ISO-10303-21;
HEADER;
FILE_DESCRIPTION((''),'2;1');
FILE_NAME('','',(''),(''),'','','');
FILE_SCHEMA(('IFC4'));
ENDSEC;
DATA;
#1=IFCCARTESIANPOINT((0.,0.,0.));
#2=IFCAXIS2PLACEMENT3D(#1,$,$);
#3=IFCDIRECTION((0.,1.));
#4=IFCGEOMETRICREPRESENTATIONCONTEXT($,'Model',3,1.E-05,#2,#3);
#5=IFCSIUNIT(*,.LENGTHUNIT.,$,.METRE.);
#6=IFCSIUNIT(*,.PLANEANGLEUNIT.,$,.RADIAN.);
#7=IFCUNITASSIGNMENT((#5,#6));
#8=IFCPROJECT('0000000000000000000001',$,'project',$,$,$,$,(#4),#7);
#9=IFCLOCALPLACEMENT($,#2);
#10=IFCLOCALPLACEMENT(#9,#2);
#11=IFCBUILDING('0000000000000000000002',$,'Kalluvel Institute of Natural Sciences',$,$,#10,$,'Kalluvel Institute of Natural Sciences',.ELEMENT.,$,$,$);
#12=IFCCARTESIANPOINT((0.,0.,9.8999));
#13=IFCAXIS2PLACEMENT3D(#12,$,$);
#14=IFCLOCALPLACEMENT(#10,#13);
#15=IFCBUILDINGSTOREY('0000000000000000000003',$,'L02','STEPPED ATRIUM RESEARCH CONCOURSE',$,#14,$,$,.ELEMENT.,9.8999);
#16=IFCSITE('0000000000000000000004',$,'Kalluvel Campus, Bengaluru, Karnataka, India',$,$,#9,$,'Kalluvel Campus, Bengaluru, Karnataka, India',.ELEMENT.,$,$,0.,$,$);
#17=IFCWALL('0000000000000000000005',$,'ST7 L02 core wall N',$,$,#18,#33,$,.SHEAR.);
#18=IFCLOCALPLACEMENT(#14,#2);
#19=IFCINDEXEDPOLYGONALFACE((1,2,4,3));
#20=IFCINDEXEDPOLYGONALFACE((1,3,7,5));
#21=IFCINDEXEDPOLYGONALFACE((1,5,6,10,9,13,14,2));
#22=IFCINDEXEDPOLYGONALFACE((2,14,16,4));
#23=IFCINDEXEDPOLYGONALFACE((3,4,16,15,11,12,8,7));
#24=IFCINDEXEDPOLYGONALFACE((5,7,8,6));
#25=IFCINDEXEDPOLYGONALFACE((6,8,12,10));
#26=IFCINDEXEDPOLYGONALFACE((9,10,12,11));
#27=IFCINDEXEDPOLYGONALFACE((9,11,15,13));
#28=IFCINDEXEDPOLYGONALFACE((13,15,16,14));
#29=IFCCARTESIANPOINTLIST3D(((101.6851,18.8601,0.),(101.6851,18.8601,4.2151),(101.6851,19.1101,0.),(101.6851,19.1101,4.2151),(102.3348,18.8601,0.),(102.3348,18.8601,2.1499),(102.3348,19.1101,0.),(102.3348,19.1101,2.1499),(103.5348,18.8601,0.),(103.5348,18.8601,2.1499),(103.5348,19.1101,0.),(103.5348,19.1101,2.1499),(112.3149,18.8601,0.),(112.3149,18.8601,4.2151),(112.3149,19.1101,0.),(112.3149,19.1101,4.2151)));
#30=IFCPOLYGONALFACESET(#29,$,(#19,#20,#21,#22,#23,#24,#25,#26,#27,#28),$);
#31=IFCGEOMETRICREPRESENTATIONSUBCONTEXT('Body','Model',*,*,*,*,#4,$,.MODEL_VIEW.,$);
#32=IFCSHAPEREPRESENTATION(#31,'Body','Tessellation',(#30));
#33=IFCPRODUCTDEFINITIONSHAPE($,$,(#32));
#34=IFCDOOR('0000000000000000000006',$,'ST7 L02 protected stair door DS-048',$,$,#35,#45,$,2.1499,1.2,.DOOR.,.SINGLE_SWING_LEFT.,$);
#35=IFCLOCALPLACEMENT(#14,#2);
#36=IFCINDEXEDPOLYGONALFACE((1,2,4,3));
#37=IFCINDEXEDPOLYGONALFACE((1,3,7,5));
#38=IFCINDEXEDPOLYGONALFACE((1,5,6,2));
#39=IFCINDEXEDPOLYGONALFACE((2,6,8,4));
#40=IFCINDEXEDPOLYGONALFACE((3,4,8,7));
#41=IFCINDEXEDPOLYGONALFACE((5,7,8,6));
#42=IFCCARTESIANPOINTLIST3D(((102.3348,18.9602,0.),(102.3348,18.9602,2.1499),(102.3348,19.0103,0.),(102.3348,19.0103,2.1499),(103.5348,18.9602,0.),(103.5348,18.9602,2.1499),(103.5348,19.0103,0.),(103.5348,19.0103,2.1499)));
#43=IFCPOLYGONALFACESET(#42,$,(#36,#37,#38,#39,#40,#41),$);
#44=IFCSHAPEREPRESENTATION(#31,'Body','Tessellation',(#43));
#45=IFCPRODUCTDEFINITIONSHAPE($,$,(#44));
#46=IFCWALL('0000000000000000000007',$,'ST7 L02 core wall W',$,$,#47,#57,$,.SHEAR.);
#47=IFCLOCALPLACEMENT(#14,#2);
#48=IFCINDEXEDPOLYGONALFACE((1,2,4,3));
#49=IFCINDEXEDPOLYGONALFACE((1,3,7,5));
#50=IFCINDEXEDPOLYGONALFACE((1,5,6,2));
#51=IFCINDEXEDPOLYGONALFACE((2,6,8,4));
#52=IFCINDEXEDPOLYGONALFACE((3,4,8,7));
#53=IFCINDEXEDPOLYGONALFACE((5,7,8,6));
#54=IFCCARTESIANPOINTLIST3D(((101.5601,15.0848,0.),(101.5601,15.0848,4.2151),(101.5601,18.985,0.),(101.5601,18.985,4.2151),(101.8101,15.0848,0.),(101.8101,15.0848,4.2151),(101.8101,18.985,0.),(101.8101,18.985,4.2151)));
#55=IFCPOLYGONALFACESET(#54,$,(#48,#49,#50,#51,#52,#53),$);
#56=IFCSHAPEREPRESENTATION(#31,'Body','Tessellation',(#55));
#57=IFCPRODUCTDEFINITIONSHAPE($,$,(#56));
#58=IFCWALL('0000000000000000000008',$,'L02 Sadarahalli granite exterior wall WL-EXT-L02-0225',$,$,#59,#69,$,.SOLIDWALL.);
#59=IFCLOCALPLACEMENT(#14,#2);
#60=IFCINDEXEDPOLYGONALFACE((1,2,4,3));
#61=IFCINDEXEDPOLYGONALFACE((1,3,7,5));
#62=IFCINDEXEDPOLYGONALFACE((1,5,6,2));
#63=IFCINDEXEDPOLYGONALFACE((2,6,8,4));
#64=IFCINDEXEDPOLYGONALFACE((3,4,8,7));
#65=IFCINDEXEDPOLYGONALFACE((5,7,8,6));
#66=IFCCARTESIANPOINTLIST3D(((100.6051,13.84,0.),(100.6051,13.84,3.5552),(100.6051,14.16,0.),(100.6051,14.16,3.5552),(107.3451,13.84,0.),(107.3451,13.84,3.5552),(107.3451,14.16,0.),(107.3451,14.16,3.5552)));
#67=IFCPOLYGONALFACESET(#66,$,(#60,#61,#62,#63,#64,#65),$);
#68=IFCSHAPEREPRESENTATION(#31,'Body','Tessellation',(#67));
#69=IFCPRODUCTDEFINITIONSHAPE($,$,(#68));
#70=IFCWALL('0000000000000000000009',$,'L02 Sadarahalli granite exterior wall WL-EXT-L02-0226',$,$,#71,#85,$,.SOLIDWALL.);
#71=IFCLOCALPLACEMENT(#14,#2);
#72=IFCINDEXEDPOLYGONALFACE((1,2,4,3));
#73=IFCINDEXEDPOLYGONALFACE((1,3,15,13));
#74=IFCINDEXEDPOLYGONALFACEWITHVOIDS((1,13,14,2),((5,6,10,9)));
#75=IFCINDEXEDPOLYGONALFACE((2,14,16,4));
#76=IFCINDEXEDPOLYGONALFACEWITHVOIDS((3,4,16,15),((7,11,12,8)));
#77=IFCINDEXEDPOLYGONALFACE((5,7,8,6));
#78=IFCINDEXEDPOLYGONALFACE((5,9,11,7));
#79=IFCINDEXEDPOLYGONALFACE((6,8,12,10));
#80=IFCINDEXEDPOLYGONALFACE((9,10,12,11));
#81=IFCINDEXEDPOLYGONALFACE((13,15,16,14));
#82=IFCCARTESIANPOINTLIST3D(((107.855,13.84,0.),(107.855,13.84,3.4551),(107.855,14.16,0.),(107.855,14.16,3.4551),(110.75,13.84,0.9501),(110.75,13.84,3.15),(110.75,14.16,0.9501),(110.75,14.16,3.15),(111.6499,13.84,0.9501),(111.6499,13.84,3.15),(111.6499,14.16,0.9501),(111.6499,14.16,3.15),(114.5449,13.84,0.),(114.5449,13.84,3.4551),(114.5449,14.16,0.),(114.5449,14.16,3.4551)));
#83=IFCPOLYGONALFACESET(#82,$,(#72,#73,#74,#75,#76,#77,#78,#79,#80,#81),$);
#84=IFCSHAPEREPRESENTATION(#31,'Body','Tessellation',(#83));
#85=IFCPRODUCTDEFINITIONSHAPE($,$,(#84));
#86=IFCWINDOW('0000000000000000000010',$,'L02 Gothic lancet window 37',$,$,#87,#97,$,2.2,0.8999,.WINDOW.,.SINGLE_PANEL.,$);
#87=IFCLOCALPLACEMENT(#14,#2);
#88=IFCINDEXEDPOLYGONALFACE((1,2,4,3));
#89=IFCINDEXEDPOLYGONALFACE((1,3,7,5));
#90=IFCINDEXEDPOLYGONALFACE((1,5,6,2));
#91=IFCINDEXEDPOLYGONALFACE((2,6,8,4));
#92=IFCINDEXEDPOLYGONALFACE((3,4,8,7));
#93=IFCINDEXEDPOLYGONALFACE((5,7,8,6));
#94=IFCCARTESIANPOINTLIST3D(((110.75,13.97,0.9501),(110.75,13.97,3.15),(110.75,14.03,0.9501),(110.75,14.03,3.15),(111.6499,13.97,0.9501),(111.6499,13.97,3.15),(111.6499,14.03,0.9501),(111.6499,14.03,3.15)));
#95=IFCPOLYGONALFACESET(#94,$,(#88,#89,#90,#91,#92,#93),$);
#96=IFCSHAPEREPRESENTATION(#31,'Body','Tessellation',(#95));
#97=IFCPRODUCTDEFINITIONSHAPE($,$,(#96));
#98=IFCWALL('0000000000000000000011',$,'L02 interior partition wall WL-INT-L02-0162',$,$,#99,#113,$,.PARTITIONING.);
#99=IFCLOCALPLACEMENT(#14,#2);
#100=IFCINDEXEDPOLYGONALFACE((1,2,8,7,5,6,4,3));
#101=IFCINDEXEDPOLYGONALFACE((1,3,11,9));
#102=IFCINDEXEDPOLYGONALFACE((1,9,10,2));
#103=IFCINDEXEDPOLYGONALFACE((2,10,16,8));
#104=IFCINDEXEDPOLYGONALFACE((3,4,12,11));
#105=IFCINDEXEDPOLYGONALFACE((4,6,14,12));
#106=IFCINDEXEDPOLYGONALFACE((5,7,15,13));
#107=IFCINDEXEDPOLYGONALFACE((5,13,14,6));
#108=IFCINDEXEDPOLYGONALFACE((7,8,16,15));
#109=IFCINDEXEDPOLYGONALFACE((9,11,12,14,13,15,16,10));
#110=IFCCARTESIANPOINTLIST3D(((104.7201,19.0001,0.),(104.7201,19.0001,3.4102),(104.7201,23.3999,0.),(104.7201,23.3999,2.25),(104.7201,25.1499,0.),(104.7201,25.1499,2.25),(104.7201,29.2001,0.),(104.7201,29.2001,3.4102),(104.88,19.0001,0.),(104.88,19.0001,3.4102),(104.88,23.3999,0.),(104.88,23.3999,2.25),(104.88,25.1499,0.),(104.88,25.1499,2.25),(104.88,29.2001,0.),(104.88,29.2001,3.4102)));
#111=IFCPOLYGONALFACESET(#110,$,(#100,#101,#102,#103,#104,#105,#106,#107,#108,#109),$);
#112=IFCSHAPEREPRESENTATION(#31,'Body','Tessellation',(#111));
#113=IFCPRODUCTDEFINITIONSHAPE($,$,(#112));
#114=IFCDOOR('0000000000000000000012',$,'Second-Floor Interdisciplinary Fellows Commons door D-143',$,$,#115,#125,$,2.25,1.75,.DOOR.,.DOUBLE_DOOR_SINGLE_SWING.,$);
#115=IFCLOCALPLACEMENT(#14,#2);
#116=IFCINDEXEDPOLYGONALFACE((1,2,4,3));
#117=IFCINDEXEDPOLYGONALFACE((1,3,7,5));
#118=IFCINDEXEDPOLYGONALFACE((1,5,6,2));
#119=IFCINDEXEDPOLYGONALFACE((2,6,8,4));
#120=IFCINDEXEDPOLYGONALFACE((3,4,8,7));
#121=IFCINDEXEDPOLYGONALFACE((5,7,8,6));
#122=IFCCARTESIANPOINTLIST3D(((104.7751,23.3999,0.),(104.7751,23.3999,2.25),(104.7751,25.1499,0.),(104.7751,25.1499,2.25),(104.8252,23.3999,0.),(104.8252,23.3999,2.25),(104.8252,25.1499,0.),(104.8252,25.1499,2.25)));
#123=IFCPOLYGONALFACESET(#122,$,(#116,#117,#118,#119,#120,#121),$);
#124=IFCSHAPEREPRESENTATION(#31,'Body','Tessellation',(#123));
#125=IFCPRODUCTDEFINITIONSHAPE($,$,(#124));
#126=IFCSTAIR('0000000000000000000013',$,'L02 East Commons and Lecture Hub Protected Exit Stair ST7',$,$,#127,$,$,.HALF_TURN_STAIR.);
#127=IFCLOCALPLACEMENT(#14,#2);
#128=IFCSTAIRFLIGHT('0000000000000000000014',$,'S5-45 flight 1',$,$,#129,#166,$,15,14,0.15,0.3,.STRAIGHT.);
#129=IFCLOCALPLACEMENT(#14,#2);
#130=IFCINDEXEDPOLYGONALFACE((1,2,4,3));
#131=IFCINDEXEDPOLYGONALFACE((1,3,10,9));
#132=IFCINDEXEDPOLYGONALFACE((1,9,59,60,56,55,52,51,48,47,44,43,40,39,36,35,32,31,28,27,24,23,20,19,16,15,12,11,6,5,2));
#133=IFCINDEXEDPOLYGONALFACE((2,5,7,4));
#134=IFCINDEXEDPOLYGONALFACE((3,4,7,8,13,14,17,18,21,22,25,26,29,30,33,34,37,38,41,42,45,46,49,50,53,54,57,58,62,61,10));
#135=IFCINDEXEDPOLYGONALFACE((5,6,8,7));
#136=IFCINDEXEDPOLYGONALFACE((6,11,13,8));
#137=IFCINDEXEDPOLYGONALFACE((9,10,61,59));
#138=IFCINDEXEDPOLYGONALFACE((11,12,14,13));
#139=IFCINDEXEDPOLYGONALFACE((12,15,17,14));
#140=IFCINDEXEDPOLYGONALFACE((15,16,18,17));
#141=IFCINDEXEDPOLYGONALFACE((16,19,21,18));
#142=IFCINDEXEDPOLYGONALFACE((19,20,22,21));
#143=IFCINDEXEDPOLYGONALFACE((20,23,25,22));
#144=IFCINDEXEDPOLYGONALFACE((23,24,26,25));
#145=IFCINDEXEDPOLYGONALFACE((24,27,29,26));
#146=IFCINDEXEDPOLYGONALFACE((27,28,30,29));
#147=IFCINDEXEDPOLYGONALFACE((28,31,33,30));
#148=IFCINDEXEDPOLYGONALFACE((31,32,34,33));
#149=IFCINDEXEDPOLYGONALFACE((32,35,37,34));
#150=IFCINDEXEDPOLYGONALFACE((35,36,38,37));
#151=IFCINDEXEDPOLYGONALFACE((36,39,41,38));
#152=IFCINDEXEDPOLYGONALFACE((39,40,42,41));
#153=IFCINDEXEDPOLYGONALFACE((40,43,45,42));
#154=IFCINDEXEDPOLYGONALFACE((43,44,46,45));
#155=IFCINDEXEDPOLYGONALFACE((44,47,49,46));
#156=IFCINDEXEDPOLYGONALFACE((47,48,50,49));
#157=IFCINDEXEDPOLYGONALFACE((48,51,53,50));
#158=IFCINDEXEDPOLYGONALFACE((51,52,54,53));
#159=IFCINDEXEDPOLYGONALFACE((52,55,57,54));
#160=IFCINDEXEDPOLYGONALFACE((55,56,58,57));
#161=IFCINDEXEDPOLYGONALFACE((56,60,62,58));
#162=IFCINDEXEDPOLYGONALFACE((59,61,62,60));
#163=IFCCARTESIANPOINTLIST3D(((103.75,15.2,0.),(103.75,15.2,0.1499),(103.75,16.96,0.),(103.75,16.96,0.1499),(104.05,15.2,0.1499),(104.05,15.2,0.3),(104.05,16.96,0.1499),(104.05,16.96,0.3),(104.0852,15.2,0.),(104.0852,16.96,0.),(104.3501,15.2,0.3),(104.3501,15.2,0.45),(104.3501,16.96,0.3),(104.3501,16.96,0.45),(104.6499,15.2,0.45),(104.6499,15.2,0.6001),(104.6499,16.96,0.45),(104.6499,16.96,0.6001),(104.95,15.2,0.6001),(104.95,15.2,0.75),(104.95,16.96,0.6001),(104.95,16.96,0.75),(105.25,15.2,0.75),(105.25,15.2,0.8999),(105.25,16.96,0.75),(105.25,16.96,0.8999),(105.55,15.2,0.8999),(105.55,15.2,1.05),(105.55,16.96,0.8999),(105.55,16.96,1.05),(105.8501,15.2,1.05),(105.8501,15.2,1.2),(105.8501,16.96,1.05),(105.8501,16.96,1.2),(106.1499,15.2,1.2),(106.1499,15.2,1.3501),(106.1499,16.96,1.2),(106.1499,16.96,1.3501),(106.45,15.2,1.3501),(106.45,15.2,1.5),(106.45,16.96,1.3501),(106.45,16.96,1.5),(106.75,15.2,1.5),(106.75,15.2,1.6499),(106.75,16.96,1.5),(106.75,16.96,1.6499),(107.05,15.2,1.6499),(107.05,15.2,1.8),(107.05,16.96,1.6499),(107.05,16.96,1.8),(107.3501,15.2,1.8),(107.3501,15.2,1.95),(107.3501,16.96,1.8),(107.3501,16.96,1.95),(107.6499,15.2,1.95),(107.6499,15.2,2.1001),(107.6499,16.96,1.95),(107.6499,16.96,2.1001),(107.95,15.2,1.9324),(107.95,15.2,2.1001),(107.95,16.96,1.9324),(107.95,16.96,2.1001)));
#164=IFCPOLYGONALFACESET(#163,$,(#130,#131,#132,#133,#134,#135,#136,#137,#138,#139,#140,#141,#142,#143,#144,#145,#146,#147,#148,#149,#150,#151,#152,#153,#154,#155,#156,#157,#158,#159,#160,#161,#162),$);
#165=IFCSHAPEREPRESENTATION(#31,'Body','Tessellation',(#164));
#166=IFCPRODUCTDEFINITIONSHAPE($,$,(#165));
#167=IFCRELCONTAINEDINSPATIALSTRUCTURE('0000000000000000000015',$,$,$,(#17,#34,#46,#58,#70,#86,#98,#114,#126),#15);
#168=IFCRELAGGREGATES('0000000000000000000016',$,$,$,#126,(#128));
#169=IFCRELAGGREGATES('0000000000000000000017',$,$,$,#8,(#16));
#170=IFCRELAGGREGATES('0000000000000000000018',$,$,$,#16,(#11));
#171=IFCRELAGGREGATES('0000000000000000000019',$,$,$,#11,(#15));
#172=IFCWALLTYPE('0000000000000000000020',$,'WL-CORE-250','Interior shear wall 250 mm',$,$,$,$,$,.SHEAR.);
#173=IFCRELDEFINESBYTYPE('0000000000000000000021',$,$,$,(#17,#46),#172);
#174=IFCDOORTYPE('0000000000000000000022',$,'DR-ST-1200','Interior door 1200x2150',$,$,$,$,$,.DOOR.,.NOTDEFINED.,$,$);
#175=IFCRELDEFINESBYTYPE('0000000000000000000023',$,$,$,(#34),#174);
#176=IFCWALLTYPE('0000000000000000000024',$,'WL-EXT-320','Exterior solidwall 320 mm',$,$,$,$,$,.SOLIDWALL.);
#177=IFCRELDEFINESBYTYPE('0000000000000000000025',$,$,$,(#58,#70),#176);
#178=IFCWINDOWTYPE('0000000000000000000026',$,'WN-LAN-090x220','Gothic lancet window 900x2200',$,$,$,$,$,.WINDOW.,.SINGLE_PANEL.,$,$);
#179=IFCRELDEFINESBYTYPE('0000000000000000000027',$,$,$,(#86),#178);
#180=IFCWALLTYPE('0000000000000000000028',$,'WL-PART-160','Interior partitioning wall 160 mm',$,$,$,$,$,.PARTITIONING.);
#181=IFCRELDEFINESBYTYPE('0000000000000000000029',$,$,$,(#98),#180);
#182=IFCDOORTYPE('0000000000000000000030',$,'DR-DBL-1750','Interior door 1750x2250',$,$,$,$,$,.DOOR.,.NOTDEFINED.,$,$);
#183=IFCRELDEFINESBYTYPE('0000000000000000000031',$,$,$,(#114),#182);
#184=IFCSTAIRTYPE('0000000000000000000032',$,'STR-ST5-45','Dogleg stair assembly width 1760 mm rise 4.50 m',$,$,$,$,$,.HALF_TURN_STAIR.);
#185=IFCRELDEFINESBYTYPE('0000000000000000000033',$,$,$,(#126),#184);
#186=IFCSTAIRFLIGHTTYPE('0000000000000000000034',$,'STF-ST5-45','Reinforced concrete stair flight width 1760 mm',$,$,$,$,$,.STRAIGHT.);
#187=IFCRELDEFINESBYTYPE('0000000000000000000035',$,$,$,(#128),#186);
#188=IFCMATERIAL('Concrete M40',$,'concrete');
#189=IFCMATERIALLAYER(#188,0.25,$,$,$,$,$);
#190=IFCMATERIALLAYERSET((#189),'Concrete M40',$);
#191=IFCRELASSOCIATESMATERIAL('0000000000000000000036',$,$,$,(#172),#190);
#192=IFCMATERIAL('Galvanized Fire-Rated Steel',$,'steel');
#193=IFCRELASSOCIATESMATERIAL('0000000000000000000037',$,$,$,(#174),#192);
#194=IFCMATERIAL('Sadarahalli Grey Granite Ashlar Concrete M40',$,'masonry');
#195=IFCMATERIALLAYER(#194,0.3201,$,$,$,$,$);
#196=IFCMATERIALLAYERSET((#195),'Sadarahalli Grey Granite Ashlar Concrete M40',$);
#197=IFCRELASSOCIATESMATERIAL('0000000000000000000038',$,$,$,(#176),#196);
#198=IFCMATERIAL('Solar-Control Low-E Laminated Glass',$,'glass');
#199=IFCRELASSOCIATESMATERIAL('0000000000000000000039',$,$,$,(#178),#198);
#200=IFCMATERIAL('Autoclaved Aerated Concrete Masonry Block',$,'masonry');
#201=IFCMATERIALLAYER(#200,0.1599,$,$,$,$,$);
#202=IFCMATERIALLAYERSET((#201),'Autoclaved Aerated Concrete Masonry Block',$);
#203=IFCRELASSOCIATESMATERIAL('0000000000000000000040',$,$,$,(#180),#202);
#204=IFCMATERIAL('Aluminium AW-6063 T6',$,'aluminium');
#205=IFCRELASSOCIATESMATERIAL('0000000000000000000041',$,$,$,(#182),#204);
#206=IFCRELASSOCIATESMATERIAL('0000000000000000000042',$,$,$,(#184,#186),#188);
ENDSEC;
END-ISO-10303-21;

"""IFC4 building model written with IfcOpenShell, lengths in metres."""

from ifc_helpers import new_model, si_unit, direction, frame, frame_2d, origin, place, context, subcontext, project, spatial, polyline, rectangle, outline, extrude, material, layer, layer_set, type_object, element, fill, aggregate, save


model = new_model("IFC4")

# Units and contexts
model_context = context("Model", 3, precision=1e-05, world=origin(), true_north=direction((0.0, 1.0)))
body_context = subcontext(model_context, "Body", "Model", "MODEL_VIEW")
ifc_project = project(units=[si_unit("LENGTHUNIT", "METRE"), si_unit("PLANEANGLEUNIT", "RADIAN")], contexts=[model_context])

# Site, building, storey
site_placement = place(None, origin())
site = spatial("IfcSite", under=ifc_project, at=site_placement, Name="Kalluvel Campus, Bengaluru, Karnataka, India", LongName="Kalluvel Campus, Bengaluru, Karnataka, India", CompositionType="ELEMENT", RefElevation=0.0)
building_placement = place(site_placement, origin())
building = spatial("IfcBuilding", under=site, at=building_placement, Name="Kalluvel Institute of Natural Sciences", LongName="Kalluvel Institute of Natural Sciences", CompositionType="ELEMENT")
storey_placement = place(building_placement, frame((0.0, 0.0, 9.8999)))
storey = spatial("IfcBuildingStorey", under=building, at=storey_placement, Name="L02", Description="STEPPED ATRIUM RESEARCH CONCOURSE", CompositionType="ELEMENT", Elevation=9.8999)

# Shared definitions
ifc_material_1 = material(Name="Concrete M40", Category="concrete")

# Shared definitions
ifc_layer_1 = layer(ifc_material_1, 0.25)
ifc_layer_set_1 = layer_set([ifc_layer_1], Name="Concrete M40")
wall_type_1 = type_object("IfcWallType", Name="WL-CORE-250", Description="Interior shear wall 250 mm", PredefinedType="SHEAR", material=ifc_layer_set_1)

# Wall, opening, door
wall_1_placement = place(storey_placement, frame((112.3149, 18.9851, 0.0), z_axis=(0.0, 0.0, 1.0), x_axis=(-1.0, 0.0, 0.0)))
wall_1 = element("IfcWall", 1, at=wall_1_placement, inside=storey, type_object=wall_type_1, Name="ST7 L02 core wall N", PredefinedType="SHEAR", context=body_context, shape_type="SweptSolid", body=[
    extrude(rectangle(XDim=10.6299, YDim=0.25, at=frame_2d((5.3149, 0.0))), origin(), (0.0, 0.0, 1.0), 4.2151),
])
opening_1_placement = place(wall_1_placement, frame((8.78, 0.0, 0.0)))
opening_1 = element("IfcOpeningElement", 2, at=opening_1_placement, cuts=wall_1, PredefinedType="OPENING", context=body_context, shape_type="SweptSolid", body=[
    extrude(rectangle(XDim=1.2, YDim=2.1499, at=frame_2d((0.6001, 1.075))), frame((0.0, 0.135, 0.0), z_axis=(0.0, -1.0, 0.0), x_axis=(1.0, 0.0, 0.0)), (0.0, 0.0, 1.0), 0.27),
])
ifc_material_2 = material(Name="Galvanized Fire-Rated Steel", Category="steel")
door_type_1 = type_object("IfcDoorType", Name="DR-ST-1200", Description="Interior door 1200x2150", OperationType="NOTDEFINED", PredefinedType="DOOR", material=ifc_material_2)
door_1_placement = place(opening_1_placement, origin())
door_1 = element("IfcDoor", 3, at=door_1_placement, inside=storey, type_object=door_type_1, Name="ST7 L02 protected stair door DS-048", OperationType="SINGLE_SWING_LEFT", OverallHeight=2.1499, OverallWidth=1.2, PredefinedType="DOOR", context=body_context, shape_type="SweptSolid", body=[
    extrude(rectangle(XDim=1.2, YDim=2.1499, at=frame_2d((0.6001, 1.075))), frame((0.0, 0.0249, 0.0), z_axis=(0.0, -1.0, 0.0), x_axis=(1.0, 0.0, 0.0)), (0.0, 0.0, 1.0), 0.05),
])
fill(opening_1, door_1)

# Walls
wall_2_placement = place(storey_placement, frame((101.6851, 18.9851, 0.0), z_axis=(0.0, 0.0, 1.0), x_axis=(0.0, -1.0, 0.0)))
element("IfcWall", 4, at=wall_2_placement, inside=storey, type_object=wall_type_1, Name="ST7 L02 core wall W", PredefinedType="SHEAR", context=body_context, shape_type="SweptSolid", body=[
    extrude(rectangle(XDim=3.9001, YDim=0.25, at=frame_2d((1.9502, 0.0))), origin(), (0.0, 0.0, 1.0), 4.2151),
])
ifc_material_3 = material(Name="Sadarahalli Grey Granite Ashlar Concrete M40", Category="masonry")
ifc_layer_2 = layer(ifc_material_3, 0.3201)
ifc_layer_set_2 = layer_set([ifc_layer_2], Name="Sadarahalli Grey Granite Ashlar Concrete M40")
wall_type_2 = type_object("IfcWallType", Name="WL-EXT-320", Description="Exterior solidwall 320 mm", PredefinedType="SOLIDWALL", material=ifc_layer_set_2)
wall_3_placement = place(storey_placement, frame((100.605, 14.0, 0.0), z_axis=(0.0, 0.0, 1.0), x_axis=(1.0, 0.0, 0.0)))
element("IfcWall", 5, at=wall_3_placement, inside=storey, type_object=wall_type_2, Name="L02 Sadarahalli granite exterior wall WL-EXT-L02-0225", PredefinedType="SOLIDWALL", context=body_context, shape_type="SweptSolid", body=[
    extrude(rectangle(XDim=6.74, YDim=0.3201, at=frame_2d((3.3701, 0.0))), origin(), (0.0, 0.0, 1.0), 3.5552),
])

# Wall, opening, window
wall_4_placement = place(storey_placement, frame((107.855, 14.0, 0.0), z_axis=(0.0, 0.0, 1.0), x_axis=(1.0, 0.0, 0.0)))
wall_4 = element("IfcWall", 6, at=wall_4_placement, inside=storey, type_object=wall_type_2, Name="L02 Sadarahalli granite exterior wall WL-EXT-L02-0226", PredefinedType="SOLIDWALL", context=body_context, shape_type="SweptSolid", body=[
    extrude(rectangle(XDim=6.6899, YDim=0.3201, at=frame_2d((3.345, 0.0))), origin(), (0.0, 0.0, 1.0), 3.4551),
])
opening_2_placement = place(wall_4_placement, frame((2.895, 0.0, 0.95)))
opening_2 = element("IfcOpeningElement", 7, at=opening_2_placement, cuts=wall_4, PredefinedType="OPENING", context=body_context, shape_type="SweptSolid", body=[
    extrude(rectangle(XDim=0.8999, YDim=2.2, at=frame_2d((0.45, 1.1001))), frame((0.0, 0.1699, 0.0), z_axis=(0.0, -1.0, 0.0), x_axis=(1.0, 0.0, 0.0)), (0.0, 0.0, 1.0), 0.3401),
])
ifc_material_4 = material(Name="Solar-Control Low-E Laminated Glass", Category="glass")
window_type = type_object("IfcWindowType", Name="WN-LAN-090x220", Description="Gothic lancet window 900x2200", PartitioningType="SINGLE_PANEL", PredefinedType="WINDOW", material=ifc_material_4)
window_placement = place(opening_2_placement, origin())
window = element("IfcWindow", 8, at=window_placement, inside=storey, type_object=window_type, Name="L02 Gothic lancet window 37", OverallHeight=2.2, OverallWidth=0.8999, PartitioningType="SINGLE_PANEL", PredefinedType="WINDOW", context=body_context, shape_type="SweptSolid", body=[
    extrude(rectangle(XDim=0.8999, YDim=2.2, at=frame_2d((0.45, 1.1001))), frame((0.0, 0.03, 0.0), z_axis=(0.0, -1.0, 0.0), x_axis=(1.0, 0.0, 0.0)), (0.0, 0.0, 1.0), 0.0601),
])
fill(opening_2, window)

# Wall, opening, door
ifc_material_5 = material(Name="Autoclaved Aerated Concrete Masonry Block", Category="masonry")
ifc_layer_3 = layer(ifc_material_5, 0.1599)
ifc_layer_set_3 = layer_set([ifc_layer_3], Name="Autoclaved Aerated Concrete Masonry Block")
wall_type_3 = type_object("IfcWallType", Name="WL-PART-160", Description="Interior partitioning wall 160 mm", PredefinedType="PARTITIONING", material=ifc_layer_set_3)
wall_5_placement = place(storey_placement, frame((104.8, 19.0, 0.0), z_axis=(0.0, 0.0, 1.0), x_axis=(0.0, 1.0, 0.0)))
wall_5 = element("IfcWall", 9, at=wall_5_placement, inside=storey, type_object=wall_type_3, Name="L02 interior partition wall WL-INT-L02-0162", PredefinedType="PARTITIONING", context=body_context, shape_type="SweptSolid", body=[
    extrude(rectangle(XDim=10.2, YDim=0.1599, at=frame_2d((5.1001, 0.0))), origin(), (0.0, 0.0, 1.0), 3.4102),
])
opening_3_placement = place(wall_5_placement, frame((4.3999, 0.0, 0.0)))
opening_3 = element("IfcOpeningElement", 10, at=opening_3_placement, cuts=wall_5, PredefinedType="OPENING", context=body_context, shape_type="SweptSolid", body=[
    extrude(rectangle(XDim=1.75, YDim=2.25, at=frame_2d((0.875, 1.125))), frame((0.0, 0.0898, 0.0), z_axis=(0.0, -1.0, 0.0), x_axis=(1.0, 0.0, 0.0)), (0.0, 0.0, 1.0), 0.1799),
])
ifc_material_6 = material(Name="Aluminium AW-6063 T6", Category="aluminium")
door_type_2 = type_object("IfcDoorType", Name="DR-DBL-1750", Description="Interior door 1750x2250", OperationType="NOTDEFINED", PredefinedType="DOOR", material=ifc_material_6)
door_2_placement = place(opening_3_placement, origin())
door_2 = element("IfcDoor", 11, at=door_2_placement, inside=storey, type_object=door_type_2, Name="Second-Floor Interdisciplinary Fellows Commons door D-143", OperationType="DOUBLE_DOOR_SINGLE_SWING", OverallHeight=2.25, OverallWidth=1.75, PredefinedType="DOOR", context=body_context, shape_type="SweptSolid", body=[
    extrude(rectangle(XDim=1.75, YDim=2.25, at=frame_2d((0.875, 1.125))), frame((0.0, 0.0249, 0.0), z_axis=(0.0, -1.0, 0.0), x_axis=(1.0, 0.0, 0.0)), (0.0, 0.0, 1.0), 0.05),
])
fill(opening_3, door_2)

# Stair, stair flight
stair_type = type_object("IfcStairType", Name="STR-ST5-45", Description="Dogleg stair assembly width 1760 mm rise 4.50 m", PredefinedType="HALF_TURN_STAIR", material=ifc_material_1)
stair_placement = place(storey_placement, origin())
stair = element("IfcStair", 12, at=stair_placement, inside=storey, type_object=stair_type, Name="L02 East Commons and Lecture Hub Protected Exit Stair ST7", PredefinedType="HALF_TURN_STAIR")
stair_flight_type = type_object("IfcStairFlightType", Name="STF-ST5-45", Description="Reinforced concrete stair flight width 1760 mm", PredefinedType="STRAIGHT", material=ifc_material_1)
stair_flight_1_placement = place(storey_placement, frame((103.75, 16.0801, 0.0), z_axis=(0.0, 0.0, 1.0), x_axis=(1.0, 0.0, 0.0)))
stair_flight_1 = element("IfcStairFlight", 13, at=stair_flight_1_placement, type_object=stair_flight_type, Name="S5-45 flight 1", NumberOfRisers=15, NumberOfTreads=14, PredefinedType="STRAIGHT", RiserHeight=0.15, TreadLength=0.3, context=body_context, shape_type="SweptSolid", body=[
    extrude(outline(polyline([(0.0, 0.0), (0.0, 0.1499), (0.3, 0.1499), (0.3, 0.3), (0.6001, 0.3), (0.6001, 0.45), (0.8999, 0.45), (0.8999, 0.6001), (1.2, 0.6001), (1.2, 0.75), (1.5, 0.75), (1.5, 0.8999), (1.8, 0.8999), (1.8, 1.05), (2.1001, 1.05), (2.1001, 1.2), (2.3999, 1.2), (2.3999, 1.3501), (2.7, 1.3501), (2.7, 1.5), (3.0, 1.5), (3.0, 1.6499), (3.3, 1.6499), (3.3, 1.8), (3.6001, 1.8), (3.6001, 1.95), (3.8999, 1.95), (3.8999, 2.1001), (4.2, 2.1001), (4.2, 2.25), (4.2, 1.9324), (0.3352, 0.0), (0.0, 0.0)])), frame((0.0, 0.8799, 0.0), z_axis=(0.0, -1.0, 0.0), x_axis=(1.0, 0.0, 0.0)), (0.0, 0.0, 1.0), 1.76),
])
aggregate(stair, [stair_flight_1])

save(model, "model.ifc")
